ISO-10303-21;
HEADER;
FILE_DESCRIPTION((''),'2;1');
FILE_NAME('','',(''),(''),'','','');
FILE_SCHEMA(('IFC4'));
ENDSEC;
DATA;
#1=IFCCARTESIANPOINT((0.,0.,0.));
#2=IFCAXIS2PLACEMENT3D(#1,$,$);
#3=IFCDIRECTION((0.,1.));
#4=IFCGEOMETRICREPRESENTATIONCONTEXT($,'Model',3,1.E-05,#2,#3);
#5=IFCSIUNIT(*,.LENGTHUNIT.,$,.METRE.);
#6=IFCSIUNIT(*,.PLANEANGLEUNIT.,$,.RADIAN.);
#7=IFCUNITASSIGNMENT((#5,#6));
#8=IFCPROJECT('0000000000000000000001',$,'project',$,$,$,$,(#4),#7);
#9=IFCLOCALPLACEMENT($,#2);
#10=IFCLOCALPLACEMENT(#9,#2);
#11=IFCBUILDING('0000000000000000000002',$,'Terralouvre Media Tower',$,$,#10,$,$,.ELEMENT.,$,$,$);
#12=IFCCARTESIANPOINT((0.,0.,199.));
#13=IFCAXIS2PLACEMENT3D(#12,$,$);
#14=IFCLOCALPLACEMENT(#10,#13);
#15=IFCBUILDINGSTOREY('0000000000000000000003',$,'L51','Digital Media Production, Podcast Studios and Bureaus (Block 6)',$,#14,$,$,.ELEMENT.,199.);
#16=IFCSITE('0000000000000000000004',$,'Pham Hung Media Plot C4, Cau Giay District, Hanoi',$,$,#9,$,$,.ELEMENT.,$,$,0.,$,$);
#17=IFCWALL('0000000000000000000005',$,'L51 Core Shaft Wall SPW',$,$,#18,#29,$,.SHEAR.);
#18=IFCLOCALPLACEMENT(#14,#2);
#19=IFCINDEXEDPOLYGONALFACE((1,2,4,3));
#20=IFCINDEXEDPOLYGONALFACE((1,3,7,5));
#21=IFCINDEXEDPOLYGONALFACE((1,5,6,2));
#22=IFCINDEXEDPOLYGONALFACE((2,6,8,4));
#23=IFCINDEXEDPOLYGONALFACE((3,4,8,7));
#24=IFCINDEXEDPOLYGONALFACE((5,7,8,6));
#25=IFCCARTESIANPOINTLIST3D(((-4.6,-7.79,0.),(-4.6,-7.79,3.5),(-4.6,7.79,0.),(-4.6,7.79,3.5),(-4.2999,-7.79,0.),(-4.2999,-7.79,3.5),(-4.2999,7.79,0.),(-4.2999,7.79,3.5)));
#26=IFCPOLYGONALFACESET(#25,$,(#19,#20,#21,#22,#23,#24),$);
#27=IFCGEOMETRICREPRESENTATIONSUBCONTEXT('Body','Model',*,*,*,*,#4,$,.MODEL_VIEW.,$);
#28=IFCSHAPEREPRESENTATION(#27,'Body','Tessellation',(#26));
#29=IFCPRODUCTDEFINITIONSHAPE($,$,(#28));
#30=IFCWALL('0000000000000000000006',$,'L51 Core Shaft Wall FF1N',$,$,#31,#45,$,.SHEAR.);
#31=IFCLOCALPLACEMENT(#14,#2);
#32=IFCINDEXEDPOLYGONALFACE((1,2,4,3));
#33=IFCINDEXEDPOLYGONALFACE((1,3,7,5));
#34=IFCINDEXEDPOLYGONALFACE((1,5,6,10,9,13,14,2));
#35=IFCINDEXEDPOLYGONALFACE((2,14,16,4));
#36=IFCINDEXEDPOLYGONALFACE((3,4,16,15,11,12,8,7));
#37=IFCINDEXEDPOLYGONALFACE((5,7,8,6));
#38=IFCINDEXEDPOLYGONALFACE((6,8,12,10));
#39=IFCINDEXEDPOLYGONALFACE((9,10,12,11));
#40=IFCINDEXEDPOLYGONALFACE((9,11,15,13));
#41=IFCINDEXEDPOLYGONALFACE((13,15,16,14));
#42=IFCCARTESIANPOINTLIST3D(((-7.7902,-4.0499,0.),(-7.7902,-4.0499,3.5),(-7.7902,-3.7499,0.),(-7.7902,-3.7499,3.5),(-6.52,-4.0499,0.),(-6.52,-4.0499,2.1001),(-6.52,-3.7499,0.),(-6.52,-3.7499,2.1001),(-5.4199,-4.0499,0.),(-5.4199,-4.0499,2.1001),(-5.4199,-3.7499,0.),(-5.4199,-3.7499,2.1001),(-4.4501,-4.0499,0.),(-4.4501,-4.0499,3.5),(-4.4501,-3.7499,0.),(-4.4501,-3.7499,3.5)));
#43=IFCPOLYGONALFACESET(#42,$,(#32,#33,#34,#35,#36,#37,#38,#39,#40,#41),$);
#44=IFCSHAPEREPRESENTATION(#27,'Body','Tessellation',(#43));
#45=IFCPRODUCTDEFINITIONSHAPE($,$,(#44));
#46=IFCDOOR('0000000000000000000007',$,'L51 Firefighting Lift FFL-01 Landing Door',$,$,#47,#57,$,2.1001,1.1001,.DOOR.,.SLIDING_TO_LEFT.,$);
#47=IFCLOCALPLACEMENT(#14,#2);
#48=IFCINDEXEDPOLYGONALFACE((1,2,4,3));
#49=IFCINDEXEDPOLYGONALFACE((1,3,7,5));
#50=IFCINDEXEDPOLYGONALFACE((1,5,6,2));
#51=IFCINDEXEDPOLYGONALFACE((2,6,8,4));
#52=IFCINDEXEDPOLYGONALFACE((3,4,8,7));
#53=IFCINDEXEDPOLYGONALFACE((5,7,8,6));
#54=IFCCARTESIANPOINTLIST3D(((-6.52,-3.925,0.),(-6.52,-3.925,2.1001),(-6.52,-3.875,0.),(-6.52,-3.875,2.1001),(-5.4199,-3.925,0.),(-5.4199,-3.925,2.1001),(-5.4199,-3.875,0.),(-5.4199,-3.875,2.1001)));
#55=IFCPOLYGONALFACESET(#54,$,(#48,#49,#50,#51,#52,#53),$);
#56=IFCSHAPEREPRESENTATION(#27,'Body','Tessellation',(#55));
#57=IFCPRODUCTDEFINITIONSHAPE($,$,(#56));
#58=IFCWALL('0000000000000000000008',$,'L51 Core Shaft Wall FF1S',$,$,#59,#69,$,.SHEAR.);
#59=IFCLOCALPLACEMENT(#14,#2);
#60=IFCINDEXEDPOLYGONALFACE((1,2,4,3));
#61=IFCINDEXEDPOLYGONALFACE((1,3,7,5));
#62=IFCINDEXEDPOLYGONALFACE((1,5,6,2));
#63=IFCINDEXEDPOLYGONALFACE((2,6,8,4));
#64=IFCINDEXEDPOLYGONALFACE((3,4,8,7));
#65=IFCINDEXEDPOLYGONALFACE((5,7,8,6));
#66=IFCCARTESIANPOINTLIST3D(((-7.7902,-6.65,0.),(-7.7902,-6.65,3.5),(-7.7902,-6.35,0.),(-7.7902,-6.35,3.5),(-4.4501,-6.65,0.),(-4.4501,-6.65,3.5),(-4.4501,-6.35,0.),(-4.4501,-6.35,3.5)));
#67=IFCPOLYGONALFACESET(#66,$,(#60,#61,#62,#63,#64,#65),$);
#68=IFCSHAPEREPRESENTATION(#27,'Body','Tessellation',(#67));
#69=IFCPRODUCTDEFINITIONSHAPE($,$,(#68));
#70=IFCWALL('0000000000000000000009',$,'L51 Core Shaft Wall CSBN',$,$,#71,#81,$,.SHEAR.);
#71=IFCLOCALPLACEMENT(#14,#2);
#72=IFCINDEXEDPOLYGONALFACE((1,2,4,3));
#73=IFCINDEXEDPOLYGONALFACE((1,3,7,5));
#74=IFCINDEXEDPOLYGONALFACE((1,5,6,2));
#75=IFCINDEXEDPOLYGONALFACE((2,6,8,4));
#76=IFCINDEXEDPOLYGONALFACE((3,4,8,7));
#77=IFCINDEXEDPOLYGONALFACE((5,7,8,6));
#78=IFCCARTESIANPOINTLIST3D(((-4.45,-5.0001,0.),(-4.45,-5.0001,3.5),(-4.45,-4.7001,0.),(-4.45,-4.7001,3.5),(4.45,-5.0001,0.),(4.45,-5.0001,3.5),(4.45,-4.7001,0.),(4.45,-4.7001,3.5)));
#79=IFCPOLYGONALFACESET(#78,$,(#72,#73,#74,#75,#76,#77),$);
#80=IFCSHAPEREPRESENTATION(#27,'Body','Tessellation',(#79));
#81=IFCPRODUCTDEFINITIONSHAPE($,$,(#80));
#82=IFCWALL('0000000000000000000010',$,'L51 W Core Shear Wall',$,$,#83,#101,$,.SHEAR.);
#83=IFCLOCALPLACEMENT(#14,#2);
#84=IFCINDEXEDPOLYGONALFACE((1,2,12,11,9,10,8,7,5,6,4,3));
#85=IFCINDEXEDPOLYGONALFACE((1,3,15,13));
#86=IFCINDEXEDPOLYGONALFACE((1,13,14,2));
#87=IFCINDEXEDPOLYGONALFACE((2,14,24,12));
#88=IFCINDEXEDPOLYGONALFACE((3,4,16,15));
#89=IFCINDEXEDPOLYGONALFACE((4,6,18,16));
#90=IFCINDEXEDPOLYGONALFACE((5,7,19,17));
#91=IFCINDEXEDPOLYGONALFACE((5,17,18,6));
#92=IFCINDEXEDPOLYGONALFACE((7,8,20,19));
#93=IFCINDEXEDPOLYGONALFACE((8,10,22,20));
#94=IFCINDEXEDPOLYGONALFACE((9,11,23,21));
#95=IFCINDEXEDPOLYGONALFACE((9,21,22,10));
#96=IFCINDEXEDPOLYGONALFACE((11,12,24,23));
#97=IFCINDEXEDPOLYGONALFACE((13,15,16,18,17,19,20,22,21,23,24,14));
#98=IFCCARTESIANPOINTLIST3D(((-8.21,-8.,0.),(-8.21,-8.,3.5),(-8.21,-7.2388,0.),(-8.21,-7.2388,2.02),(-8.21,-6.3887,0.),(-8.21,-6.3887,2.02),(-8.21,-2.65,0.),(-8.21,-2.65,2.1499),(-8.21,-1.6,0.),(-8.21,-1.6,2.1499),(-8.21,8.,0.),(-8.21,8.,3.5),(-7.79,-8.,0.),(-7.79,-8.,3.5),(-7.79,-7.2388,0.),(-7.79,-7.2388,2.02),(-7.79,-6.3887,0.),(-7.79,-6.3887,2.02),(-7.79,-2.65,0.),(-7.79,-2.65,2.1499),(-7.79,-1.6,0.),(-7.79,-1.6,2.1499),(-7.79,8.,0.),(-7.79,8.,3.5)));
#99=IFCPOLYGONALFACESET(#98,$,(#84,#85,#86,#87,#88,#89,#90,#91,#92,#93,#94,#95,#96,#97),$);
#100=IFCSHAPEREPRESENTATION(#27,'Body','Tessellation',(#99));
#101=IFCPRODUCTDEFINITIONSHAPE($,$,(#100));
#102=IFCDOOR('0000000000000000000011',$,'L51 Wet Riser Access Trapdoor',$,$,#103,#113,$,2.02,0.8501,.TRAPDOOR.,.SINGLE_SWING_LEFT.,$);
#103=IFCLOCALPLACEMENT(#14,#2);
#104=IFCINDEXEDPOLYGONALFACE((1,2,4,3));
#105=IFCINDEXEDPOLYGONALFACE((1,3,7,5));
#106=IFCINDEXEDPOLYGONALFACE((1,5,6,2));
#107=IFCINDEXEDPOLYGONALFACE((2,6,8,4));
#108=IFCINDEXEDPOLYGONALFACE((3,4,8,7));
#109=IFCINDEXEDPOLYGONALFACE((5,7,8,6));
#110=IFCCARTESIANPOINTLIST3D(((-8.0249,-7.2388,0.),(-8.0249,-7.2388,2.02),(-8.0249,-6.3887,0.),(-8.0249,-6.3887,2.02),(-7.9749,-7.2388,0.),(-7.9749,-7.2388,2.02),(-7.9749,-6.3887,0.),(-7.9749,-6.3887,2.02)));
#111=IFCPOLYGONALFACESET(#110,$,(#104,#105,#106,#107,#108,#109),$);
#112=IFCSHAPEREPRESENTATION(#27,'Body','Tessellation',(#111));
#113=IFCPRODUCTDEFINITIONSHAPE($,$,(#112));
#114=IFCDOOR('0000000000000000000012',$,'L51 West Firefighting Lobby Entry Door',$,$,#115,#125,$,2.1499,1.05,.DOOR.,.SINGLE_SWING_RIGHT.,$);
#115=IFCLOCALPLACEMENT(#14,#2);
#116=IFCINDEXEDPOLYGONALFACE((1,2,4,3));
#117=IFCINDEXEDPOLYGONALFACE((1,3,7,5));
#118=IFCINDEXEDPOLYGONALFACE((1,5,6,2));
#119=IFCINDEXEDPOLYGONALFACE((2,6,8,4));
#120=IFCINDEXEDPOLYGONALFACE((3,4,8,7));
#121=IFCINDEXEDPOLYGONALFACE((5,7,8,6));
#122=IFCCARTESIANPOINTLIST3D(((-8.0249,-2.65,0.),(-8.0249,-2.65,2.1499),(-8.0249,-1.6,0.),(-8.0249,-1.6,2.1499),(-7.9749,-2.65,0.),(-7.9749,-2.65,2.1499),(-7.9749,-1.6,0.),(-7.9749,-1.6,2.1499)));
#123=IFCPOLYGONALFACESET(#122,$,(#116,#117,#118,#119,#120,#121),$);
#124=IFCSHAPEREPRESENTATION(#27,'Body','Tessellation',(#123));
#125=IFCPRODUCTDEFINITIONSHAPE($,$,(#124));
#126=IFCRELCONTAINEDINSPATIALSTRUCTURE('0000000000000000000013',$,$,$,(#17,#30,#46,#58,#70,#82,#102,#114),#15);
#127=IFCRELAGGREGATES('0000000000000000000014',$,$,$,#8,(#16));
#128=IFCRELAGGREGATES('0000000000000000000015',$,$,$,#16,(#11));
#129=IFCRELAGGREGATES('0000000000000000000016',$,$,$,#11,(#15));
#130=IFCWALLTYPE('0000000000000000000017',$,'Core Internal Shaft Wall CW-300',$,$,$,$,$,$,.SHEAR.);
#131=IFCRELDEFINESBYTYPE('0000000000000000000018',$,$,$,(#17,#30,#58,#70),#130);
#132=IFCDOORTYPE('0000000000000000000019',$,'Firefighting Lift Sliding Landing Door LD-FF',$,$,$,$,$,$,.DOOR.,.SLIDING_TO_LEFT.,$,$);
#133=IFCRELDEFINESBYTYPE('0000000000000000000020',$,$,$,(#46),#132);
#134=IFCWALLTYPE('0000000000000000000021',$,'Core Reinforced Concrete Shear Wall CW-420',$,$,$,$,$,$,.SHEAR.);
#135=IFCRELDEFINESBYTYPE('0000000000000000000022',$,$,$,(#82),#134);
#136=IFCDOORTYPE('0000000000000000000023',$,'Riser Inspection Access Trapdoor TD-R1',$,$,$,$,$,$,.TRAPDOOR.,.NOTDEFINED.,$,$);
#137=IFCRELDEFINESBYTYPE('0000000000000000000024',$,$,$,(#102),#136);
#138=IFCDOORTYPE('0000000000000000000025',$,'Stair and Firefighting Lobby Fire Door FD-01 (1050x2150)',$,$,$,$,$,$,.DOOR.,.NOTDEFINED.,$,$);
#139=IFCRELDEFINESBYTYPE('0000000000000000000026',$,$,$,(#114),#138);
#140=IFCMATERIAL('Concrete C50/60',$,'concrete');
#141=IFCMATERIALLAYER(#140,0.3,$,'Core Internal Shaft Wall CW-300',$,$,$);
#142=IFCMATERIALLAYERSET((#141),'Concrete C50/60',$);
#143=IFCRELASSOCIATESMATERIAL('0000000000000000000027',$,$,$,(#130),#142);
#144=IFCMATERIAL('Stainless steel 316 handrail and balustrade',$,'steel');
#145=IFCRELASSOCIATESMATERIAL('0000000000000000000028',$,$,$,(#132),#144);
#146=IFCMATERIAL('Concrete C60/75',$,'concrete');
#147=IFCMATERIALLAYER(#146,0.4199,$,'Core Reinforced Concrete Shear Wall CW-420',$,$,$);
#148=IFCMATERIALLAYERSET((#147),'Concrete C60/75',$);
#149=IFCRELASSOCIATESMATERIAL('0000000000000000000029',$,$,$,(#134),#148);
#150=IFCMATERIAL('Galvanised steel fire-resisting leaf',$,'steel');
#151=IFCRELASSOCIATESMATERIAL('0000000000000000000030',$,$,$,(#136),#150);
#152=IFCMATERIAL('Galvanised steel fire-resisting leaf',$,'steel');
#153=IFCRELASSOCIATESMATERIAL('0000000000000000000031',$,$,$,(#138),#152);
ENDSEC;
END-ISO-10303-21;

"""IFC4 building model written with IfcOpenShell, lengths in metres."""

from ifc_helpers import new_model, si_unit, direction, frame, frame_2d, origin, place, context, subcontext, project, spatial, rectangle, extrude, material, layer, layer_set, type_object, element, fill, save


model = new_model("IFC4")

# Units and contexts
model_context = context("Model", 3, precision=1e-05, world=origin(), true_north=direction((0.0, 1.0)))
body_context = subcontext(model_context, "Body", "Model", "MODEL_VIEW")
ifc_project = project(units=[si_unit("LENGTHUNIT", "METRE"), si_unit("PLANEANGLEUNIT", "RADIAN")], contexts=[model_context])

# Site, building, storey
site_placement = place(None, origin())
site = spatial("IfcSite", under=ifc_project, at=site_placement, Name="Pham Hung Media Plot C4, Cau Giay District, Hanoi", CompositionType="ELEMENT", RefElevation=0.0)
building_placement = place(site_placement, origin())
building = spatial("IfcBuilding", under=site, at=building_placement, Name="Terralouvre Media Tower", CompositionType="ELEMENT")
storey_placement = place(building_placement, frame((0.0, 0.0, 199.0)))
storey = spatial("IfcBuildingStorey", under=building, at=storey_placement, Name="L51", Description="Digital Media Production, Podcast Studios and Bureaus (Block 6)", CompositionType="ELEMENT", Elevation=199.0)

# Wall
ifc_material_1 = material(Name="Concrete C50/60", Category="concrete")
ifc_layer_1 = layer(ifc_material_1, 0.3, Name="Core Internal Shaft Wall CW-300")
ifc_layer_set_1 = layer_set([ifc_layer_1], Name="Concrete C50/60")
wall_type_1 = type_object("IfcWallType", Name="Core Internal Shaft Wall CW-300", PredefinedType="SHEAR", material=ifc_layer_set_1)
wall_1_placement = place(storey_placement, frame((-4.45, -7.79, 0.0), z_axis=(0.0, 0.0, 1.0), x_axis=(0.0, 1.0, 0.0)))
element("IfcWall", 1, at=wall_1_placement, inside=storey, type_object=wall_type_1, Name="L51 Core Shaft Wall SPW", PredefinedType="SHEAR", context=body_context, shape_type="SweptSolid", body=[
    extrude(rectangle(XDim=15.5801, YDim=0.3, at=frame_2d((7.79, 0.0))), origin(), (0.0, 0.0, 1.0), 3.5),
])

# Wall, opening, door
wall_2_placement = place(storey_placement, frame((-7.79, -3.8999, 0.0), z_axis=(0.0, 0.0, 1.0), x_axis=(1.0, 0.0, 0.0)))
wall_2 = element("IfcWall", 2, at=wall_2_placement, inside=storey, type_object=wall_type_1, Name="L51 Core Shaft Wall FF1N", PredefinedType="SHEAR", context=body_context, shape_type="SweptSolid", body=[
    extrude(rectangle(XDim=3.3401, YDim=0.3, at=frame_2d((1.6699, 0.0))), origin(), (0.0, 0.0, 1.0), 3.5),
])
opening_1_placement = place(wall_2_placement, frame((1.27, 0.0, 0.0)))
opening_1 = element("IfcOpeningElement", 3, at=opening_1_placement, cuts=wall_2, PredefinedType="OPENING", context=body_context, shape_type="SweptSolid", body=[
    extrude(rectangle(XDim=1.1001, YDim=2.1001, at=frame_2d((0.55, 1.05))), frame((0.0, 0.1599, 0.0), z_axis=(0.0, -1.0, 0.0), x_axis=(1.0, 0.0, 0.0)), (0.0, 0.0, 1.0), 0.3201),
])
ifc_material_2 = material(Name="Stainless steel 316 handrail and balustrade", Category="steel")
door_type_1 = type_object("IfcDoorType", Name="Firefighting Lift Sliding Landing Door LD-FF", OperationType="SLIDING_TO_LEFT", PredefinedType="DOOR", material=ifc_material_2)
door_1_placement = place(opening_1_placement, origin())
door_1 = element("IfcDoor", 4, at=door_1_placement, inside=storey, type_object=door_type_1, Name="L51 Firefighting Lift FFL-01 Landing Door", OperationType="SLIDING_TO_LEFT", OverallHeight=2.1001, OverallWidth=1.1001, PredefinedType="DOOR", context=body_context, shape_type="SweptSolid", body=[
    extrude(rectangle(XDim=1.1001, YDim=2.1001, at=frame_2d((0.55, 1.05))), frame((0.0, 0.0249, 0.0), z_axis=(0.0, -1.0, 0.0), x_axis=(1.0, 0.0, 0.0)), (0.0, 0.0, 1.0), 0.05),
])
fill(opening_1, door_1)

# Walls
wall_3_placement = place(storey_placement, frame((-7.79, -6.5, 0.0), z_axis=(0.0, 0.0, 1.0), x_axis=(1.0, 0.0, 0.0)))
element("IfcWall", 5, at=wall_3_placement, inside=storey, type_object=wall_type_1, Name="L51 Core Shaft Wall FF1S", PredefinedType="SHEAR", context=body_context, shape_type="SweptSolid", body=[
    extrude(rectangle(XDim=3.3401, YDim=0.3, at=frame_2d((1.6699, 0.0))), origin(), (0.0, 0.0, 1.0), 3.5),
])
wall_4_placement = place(storey_placement, frame((-4.45, -4.8501, 0.0), z_axis=(0.0, 0.0, 1.0), x_axis=(1.0, 0.0, 0.0)))
element("IfcWall", 6, at=wall_4_placement, inside=storey, type_object=wall_type_1, Name="L51 Core Shaft Wall CSBN", PredefinedType="SHEAR", context=body_context, shape_type="SweptSolid", body=[
    extrude(rectangle(XDim=8.8999, YDim=0.3, at=frame_2d((4.45, 0.0))), origin(), (0.0, 0.0, 1.0), 3.5),
])

# Wall, openings, doors
ifc_material_3 = material(Name="Concrete C60/75", Category="concrete")
ifc_layer_2 = layer(ifc_material_3, 0.4199, Name="Core Reinforced Concrete Shear Wall CW-420")
ifc_layer_set_2 = layer_set([ifc_layer_2], Name="Concrete C60/75")
wall_type_2 = type_object("IfcWallType", Name="Core Reinforced Concrete Shear Wall CW-420", PredefinedType="SHEAR", material=ifc_layer_set_2)
wall_5_placement = place(storey_placement, frame((-8.0, -8.0, 0.0), z_axis=(0.0, 0.0, 1.0), x_axis=(0.0, 1.0, 0.0)))
wall_5 = element("IfcWall", 7, at=wall_5_placement, inside=storey, type_object=wall_type_2, Name="L51 W Core Shear Wall", PredefinedType="SHEAR", context=body_context, shape_type="SweptSolid", body=[
    extrude(rectangle(XDim=16.0, YDim=0.4199, at=frame_2d((8.0, 0.0))), origin(), (0.0, 0.0, 1.0), 3.5),
])
opening_2_placement = place(wall_5_placement, frame((0.7612, 0.0, 0.0)))
opening_2 = element("IfcOpeningElement", 8, at=opening_2_placement, cuts=wall_5, PredefinedType="OPENING", context=body_context, shape_type="SweptSolid", body=[
    extrude(rectangle(XDim=0.8501, YDim=2.02, at=frame_2d((0.425, 1.01))), frame((0.0, 0.22, 0.0), z_axis=(0.0, -1.0, 0.0), x_axis=(1.0, 0.0, 0.0)), (0.0, 0.0, 1.0), 0.4399),
])
opening_3_placement = place(wall_5_placement, frame((5.3501, 0.0, 0.0)))
opening_3 = element("IfcOpeningElement", 9, at=opening_3_placement, cuts=wall_5, PredefinedType="OPENING", context=body_context, shape_type="SweptSolid", body=[
    extrude(rectangle(XDim=1.05, YDim=2.1499, at=frame_2d((0.5249, 1.075))), frame((0.0, 0.22, 0.0), z_axis=(0.0, -1.0, 0.0), x_axis=(1.0, 0.0, 0.0)), (0.0, 0.0, 1.0), 0.4399),
])
ifc_material_4 = material(Name="Galvanised steel fire-resisting leaf", Category="steel")
door_type_2 = type_object("IfcDoorType", Name="Riser Inspection Access Trapdoor TD-R1", OperationType="NOTDEFINED", PredefinedType="TRAPDOOR", material=ifc_material_4)
door_2_placement = place(opening_2_placement, origin())
door_2 = element("IfcDoor", 10, at=door_2_placement, inside=storey, type_object=door_type_2, Name="L51 Wet Riser Access Trapdoor", OperationType="SINGLE_SWING_LEFT", OverallHeight=2.02, OverallWidth=0.8501, PredefinedType="TRAPDOOR", context=body_context, shape_type="SweptSolid", body=[
    extrude(rectangle(XDim=0.8501, YDim=2.02, at=frame_2d((0.425, 1.01))), frame((0.0, 0.0249, 0.0), z_axis=(0.0, -1.0, 0.0), x_axis=(1.0, 0.0, 0.0)), (0.0, 0.0, 1.0), 0.05),
])
fill(opening_2, door_2)
ifc_material_5 = material(Name="Galvanised steel fire-resisting leaf", Category="steel")
door_type_3 = type_object("IfcDoorType", Name="Stair and Firefighting Lobby Fire Door FD-01 (1050x2150)", OperationType="NOTDEFINED", PredefinedType="DOOR", material=ifc_material_5)
door_3_placement = place(opening_3_placement, origin())
door_3 = element("IfcDoor", 11, at=door_3_placement, inside=storey, type_object=door_type_3, Name="L51 West Firefighting Lobby Entry Door", OperationType="SINGLE_SWING_RIGHT", OverallHeight=2.1499, OverallWidth=1.05, PredefinedType="DOOR", context=body_context, shape_type="SweptSolid", body=[
    extrude(rectangle(XDim=1.05, YDim=2.1499, at=frame_2d((0.5249, 1.075))), frame((0.0, 0.0249, 0.0), z_axis=(0.0, -1.0, 0.0), x_axis=(1.0, 0.0, 0.0)), (0.0, 0.0, 1.0), 0.05),
])
fill(opening_3, door_3)

save(model, "model.ifc")
